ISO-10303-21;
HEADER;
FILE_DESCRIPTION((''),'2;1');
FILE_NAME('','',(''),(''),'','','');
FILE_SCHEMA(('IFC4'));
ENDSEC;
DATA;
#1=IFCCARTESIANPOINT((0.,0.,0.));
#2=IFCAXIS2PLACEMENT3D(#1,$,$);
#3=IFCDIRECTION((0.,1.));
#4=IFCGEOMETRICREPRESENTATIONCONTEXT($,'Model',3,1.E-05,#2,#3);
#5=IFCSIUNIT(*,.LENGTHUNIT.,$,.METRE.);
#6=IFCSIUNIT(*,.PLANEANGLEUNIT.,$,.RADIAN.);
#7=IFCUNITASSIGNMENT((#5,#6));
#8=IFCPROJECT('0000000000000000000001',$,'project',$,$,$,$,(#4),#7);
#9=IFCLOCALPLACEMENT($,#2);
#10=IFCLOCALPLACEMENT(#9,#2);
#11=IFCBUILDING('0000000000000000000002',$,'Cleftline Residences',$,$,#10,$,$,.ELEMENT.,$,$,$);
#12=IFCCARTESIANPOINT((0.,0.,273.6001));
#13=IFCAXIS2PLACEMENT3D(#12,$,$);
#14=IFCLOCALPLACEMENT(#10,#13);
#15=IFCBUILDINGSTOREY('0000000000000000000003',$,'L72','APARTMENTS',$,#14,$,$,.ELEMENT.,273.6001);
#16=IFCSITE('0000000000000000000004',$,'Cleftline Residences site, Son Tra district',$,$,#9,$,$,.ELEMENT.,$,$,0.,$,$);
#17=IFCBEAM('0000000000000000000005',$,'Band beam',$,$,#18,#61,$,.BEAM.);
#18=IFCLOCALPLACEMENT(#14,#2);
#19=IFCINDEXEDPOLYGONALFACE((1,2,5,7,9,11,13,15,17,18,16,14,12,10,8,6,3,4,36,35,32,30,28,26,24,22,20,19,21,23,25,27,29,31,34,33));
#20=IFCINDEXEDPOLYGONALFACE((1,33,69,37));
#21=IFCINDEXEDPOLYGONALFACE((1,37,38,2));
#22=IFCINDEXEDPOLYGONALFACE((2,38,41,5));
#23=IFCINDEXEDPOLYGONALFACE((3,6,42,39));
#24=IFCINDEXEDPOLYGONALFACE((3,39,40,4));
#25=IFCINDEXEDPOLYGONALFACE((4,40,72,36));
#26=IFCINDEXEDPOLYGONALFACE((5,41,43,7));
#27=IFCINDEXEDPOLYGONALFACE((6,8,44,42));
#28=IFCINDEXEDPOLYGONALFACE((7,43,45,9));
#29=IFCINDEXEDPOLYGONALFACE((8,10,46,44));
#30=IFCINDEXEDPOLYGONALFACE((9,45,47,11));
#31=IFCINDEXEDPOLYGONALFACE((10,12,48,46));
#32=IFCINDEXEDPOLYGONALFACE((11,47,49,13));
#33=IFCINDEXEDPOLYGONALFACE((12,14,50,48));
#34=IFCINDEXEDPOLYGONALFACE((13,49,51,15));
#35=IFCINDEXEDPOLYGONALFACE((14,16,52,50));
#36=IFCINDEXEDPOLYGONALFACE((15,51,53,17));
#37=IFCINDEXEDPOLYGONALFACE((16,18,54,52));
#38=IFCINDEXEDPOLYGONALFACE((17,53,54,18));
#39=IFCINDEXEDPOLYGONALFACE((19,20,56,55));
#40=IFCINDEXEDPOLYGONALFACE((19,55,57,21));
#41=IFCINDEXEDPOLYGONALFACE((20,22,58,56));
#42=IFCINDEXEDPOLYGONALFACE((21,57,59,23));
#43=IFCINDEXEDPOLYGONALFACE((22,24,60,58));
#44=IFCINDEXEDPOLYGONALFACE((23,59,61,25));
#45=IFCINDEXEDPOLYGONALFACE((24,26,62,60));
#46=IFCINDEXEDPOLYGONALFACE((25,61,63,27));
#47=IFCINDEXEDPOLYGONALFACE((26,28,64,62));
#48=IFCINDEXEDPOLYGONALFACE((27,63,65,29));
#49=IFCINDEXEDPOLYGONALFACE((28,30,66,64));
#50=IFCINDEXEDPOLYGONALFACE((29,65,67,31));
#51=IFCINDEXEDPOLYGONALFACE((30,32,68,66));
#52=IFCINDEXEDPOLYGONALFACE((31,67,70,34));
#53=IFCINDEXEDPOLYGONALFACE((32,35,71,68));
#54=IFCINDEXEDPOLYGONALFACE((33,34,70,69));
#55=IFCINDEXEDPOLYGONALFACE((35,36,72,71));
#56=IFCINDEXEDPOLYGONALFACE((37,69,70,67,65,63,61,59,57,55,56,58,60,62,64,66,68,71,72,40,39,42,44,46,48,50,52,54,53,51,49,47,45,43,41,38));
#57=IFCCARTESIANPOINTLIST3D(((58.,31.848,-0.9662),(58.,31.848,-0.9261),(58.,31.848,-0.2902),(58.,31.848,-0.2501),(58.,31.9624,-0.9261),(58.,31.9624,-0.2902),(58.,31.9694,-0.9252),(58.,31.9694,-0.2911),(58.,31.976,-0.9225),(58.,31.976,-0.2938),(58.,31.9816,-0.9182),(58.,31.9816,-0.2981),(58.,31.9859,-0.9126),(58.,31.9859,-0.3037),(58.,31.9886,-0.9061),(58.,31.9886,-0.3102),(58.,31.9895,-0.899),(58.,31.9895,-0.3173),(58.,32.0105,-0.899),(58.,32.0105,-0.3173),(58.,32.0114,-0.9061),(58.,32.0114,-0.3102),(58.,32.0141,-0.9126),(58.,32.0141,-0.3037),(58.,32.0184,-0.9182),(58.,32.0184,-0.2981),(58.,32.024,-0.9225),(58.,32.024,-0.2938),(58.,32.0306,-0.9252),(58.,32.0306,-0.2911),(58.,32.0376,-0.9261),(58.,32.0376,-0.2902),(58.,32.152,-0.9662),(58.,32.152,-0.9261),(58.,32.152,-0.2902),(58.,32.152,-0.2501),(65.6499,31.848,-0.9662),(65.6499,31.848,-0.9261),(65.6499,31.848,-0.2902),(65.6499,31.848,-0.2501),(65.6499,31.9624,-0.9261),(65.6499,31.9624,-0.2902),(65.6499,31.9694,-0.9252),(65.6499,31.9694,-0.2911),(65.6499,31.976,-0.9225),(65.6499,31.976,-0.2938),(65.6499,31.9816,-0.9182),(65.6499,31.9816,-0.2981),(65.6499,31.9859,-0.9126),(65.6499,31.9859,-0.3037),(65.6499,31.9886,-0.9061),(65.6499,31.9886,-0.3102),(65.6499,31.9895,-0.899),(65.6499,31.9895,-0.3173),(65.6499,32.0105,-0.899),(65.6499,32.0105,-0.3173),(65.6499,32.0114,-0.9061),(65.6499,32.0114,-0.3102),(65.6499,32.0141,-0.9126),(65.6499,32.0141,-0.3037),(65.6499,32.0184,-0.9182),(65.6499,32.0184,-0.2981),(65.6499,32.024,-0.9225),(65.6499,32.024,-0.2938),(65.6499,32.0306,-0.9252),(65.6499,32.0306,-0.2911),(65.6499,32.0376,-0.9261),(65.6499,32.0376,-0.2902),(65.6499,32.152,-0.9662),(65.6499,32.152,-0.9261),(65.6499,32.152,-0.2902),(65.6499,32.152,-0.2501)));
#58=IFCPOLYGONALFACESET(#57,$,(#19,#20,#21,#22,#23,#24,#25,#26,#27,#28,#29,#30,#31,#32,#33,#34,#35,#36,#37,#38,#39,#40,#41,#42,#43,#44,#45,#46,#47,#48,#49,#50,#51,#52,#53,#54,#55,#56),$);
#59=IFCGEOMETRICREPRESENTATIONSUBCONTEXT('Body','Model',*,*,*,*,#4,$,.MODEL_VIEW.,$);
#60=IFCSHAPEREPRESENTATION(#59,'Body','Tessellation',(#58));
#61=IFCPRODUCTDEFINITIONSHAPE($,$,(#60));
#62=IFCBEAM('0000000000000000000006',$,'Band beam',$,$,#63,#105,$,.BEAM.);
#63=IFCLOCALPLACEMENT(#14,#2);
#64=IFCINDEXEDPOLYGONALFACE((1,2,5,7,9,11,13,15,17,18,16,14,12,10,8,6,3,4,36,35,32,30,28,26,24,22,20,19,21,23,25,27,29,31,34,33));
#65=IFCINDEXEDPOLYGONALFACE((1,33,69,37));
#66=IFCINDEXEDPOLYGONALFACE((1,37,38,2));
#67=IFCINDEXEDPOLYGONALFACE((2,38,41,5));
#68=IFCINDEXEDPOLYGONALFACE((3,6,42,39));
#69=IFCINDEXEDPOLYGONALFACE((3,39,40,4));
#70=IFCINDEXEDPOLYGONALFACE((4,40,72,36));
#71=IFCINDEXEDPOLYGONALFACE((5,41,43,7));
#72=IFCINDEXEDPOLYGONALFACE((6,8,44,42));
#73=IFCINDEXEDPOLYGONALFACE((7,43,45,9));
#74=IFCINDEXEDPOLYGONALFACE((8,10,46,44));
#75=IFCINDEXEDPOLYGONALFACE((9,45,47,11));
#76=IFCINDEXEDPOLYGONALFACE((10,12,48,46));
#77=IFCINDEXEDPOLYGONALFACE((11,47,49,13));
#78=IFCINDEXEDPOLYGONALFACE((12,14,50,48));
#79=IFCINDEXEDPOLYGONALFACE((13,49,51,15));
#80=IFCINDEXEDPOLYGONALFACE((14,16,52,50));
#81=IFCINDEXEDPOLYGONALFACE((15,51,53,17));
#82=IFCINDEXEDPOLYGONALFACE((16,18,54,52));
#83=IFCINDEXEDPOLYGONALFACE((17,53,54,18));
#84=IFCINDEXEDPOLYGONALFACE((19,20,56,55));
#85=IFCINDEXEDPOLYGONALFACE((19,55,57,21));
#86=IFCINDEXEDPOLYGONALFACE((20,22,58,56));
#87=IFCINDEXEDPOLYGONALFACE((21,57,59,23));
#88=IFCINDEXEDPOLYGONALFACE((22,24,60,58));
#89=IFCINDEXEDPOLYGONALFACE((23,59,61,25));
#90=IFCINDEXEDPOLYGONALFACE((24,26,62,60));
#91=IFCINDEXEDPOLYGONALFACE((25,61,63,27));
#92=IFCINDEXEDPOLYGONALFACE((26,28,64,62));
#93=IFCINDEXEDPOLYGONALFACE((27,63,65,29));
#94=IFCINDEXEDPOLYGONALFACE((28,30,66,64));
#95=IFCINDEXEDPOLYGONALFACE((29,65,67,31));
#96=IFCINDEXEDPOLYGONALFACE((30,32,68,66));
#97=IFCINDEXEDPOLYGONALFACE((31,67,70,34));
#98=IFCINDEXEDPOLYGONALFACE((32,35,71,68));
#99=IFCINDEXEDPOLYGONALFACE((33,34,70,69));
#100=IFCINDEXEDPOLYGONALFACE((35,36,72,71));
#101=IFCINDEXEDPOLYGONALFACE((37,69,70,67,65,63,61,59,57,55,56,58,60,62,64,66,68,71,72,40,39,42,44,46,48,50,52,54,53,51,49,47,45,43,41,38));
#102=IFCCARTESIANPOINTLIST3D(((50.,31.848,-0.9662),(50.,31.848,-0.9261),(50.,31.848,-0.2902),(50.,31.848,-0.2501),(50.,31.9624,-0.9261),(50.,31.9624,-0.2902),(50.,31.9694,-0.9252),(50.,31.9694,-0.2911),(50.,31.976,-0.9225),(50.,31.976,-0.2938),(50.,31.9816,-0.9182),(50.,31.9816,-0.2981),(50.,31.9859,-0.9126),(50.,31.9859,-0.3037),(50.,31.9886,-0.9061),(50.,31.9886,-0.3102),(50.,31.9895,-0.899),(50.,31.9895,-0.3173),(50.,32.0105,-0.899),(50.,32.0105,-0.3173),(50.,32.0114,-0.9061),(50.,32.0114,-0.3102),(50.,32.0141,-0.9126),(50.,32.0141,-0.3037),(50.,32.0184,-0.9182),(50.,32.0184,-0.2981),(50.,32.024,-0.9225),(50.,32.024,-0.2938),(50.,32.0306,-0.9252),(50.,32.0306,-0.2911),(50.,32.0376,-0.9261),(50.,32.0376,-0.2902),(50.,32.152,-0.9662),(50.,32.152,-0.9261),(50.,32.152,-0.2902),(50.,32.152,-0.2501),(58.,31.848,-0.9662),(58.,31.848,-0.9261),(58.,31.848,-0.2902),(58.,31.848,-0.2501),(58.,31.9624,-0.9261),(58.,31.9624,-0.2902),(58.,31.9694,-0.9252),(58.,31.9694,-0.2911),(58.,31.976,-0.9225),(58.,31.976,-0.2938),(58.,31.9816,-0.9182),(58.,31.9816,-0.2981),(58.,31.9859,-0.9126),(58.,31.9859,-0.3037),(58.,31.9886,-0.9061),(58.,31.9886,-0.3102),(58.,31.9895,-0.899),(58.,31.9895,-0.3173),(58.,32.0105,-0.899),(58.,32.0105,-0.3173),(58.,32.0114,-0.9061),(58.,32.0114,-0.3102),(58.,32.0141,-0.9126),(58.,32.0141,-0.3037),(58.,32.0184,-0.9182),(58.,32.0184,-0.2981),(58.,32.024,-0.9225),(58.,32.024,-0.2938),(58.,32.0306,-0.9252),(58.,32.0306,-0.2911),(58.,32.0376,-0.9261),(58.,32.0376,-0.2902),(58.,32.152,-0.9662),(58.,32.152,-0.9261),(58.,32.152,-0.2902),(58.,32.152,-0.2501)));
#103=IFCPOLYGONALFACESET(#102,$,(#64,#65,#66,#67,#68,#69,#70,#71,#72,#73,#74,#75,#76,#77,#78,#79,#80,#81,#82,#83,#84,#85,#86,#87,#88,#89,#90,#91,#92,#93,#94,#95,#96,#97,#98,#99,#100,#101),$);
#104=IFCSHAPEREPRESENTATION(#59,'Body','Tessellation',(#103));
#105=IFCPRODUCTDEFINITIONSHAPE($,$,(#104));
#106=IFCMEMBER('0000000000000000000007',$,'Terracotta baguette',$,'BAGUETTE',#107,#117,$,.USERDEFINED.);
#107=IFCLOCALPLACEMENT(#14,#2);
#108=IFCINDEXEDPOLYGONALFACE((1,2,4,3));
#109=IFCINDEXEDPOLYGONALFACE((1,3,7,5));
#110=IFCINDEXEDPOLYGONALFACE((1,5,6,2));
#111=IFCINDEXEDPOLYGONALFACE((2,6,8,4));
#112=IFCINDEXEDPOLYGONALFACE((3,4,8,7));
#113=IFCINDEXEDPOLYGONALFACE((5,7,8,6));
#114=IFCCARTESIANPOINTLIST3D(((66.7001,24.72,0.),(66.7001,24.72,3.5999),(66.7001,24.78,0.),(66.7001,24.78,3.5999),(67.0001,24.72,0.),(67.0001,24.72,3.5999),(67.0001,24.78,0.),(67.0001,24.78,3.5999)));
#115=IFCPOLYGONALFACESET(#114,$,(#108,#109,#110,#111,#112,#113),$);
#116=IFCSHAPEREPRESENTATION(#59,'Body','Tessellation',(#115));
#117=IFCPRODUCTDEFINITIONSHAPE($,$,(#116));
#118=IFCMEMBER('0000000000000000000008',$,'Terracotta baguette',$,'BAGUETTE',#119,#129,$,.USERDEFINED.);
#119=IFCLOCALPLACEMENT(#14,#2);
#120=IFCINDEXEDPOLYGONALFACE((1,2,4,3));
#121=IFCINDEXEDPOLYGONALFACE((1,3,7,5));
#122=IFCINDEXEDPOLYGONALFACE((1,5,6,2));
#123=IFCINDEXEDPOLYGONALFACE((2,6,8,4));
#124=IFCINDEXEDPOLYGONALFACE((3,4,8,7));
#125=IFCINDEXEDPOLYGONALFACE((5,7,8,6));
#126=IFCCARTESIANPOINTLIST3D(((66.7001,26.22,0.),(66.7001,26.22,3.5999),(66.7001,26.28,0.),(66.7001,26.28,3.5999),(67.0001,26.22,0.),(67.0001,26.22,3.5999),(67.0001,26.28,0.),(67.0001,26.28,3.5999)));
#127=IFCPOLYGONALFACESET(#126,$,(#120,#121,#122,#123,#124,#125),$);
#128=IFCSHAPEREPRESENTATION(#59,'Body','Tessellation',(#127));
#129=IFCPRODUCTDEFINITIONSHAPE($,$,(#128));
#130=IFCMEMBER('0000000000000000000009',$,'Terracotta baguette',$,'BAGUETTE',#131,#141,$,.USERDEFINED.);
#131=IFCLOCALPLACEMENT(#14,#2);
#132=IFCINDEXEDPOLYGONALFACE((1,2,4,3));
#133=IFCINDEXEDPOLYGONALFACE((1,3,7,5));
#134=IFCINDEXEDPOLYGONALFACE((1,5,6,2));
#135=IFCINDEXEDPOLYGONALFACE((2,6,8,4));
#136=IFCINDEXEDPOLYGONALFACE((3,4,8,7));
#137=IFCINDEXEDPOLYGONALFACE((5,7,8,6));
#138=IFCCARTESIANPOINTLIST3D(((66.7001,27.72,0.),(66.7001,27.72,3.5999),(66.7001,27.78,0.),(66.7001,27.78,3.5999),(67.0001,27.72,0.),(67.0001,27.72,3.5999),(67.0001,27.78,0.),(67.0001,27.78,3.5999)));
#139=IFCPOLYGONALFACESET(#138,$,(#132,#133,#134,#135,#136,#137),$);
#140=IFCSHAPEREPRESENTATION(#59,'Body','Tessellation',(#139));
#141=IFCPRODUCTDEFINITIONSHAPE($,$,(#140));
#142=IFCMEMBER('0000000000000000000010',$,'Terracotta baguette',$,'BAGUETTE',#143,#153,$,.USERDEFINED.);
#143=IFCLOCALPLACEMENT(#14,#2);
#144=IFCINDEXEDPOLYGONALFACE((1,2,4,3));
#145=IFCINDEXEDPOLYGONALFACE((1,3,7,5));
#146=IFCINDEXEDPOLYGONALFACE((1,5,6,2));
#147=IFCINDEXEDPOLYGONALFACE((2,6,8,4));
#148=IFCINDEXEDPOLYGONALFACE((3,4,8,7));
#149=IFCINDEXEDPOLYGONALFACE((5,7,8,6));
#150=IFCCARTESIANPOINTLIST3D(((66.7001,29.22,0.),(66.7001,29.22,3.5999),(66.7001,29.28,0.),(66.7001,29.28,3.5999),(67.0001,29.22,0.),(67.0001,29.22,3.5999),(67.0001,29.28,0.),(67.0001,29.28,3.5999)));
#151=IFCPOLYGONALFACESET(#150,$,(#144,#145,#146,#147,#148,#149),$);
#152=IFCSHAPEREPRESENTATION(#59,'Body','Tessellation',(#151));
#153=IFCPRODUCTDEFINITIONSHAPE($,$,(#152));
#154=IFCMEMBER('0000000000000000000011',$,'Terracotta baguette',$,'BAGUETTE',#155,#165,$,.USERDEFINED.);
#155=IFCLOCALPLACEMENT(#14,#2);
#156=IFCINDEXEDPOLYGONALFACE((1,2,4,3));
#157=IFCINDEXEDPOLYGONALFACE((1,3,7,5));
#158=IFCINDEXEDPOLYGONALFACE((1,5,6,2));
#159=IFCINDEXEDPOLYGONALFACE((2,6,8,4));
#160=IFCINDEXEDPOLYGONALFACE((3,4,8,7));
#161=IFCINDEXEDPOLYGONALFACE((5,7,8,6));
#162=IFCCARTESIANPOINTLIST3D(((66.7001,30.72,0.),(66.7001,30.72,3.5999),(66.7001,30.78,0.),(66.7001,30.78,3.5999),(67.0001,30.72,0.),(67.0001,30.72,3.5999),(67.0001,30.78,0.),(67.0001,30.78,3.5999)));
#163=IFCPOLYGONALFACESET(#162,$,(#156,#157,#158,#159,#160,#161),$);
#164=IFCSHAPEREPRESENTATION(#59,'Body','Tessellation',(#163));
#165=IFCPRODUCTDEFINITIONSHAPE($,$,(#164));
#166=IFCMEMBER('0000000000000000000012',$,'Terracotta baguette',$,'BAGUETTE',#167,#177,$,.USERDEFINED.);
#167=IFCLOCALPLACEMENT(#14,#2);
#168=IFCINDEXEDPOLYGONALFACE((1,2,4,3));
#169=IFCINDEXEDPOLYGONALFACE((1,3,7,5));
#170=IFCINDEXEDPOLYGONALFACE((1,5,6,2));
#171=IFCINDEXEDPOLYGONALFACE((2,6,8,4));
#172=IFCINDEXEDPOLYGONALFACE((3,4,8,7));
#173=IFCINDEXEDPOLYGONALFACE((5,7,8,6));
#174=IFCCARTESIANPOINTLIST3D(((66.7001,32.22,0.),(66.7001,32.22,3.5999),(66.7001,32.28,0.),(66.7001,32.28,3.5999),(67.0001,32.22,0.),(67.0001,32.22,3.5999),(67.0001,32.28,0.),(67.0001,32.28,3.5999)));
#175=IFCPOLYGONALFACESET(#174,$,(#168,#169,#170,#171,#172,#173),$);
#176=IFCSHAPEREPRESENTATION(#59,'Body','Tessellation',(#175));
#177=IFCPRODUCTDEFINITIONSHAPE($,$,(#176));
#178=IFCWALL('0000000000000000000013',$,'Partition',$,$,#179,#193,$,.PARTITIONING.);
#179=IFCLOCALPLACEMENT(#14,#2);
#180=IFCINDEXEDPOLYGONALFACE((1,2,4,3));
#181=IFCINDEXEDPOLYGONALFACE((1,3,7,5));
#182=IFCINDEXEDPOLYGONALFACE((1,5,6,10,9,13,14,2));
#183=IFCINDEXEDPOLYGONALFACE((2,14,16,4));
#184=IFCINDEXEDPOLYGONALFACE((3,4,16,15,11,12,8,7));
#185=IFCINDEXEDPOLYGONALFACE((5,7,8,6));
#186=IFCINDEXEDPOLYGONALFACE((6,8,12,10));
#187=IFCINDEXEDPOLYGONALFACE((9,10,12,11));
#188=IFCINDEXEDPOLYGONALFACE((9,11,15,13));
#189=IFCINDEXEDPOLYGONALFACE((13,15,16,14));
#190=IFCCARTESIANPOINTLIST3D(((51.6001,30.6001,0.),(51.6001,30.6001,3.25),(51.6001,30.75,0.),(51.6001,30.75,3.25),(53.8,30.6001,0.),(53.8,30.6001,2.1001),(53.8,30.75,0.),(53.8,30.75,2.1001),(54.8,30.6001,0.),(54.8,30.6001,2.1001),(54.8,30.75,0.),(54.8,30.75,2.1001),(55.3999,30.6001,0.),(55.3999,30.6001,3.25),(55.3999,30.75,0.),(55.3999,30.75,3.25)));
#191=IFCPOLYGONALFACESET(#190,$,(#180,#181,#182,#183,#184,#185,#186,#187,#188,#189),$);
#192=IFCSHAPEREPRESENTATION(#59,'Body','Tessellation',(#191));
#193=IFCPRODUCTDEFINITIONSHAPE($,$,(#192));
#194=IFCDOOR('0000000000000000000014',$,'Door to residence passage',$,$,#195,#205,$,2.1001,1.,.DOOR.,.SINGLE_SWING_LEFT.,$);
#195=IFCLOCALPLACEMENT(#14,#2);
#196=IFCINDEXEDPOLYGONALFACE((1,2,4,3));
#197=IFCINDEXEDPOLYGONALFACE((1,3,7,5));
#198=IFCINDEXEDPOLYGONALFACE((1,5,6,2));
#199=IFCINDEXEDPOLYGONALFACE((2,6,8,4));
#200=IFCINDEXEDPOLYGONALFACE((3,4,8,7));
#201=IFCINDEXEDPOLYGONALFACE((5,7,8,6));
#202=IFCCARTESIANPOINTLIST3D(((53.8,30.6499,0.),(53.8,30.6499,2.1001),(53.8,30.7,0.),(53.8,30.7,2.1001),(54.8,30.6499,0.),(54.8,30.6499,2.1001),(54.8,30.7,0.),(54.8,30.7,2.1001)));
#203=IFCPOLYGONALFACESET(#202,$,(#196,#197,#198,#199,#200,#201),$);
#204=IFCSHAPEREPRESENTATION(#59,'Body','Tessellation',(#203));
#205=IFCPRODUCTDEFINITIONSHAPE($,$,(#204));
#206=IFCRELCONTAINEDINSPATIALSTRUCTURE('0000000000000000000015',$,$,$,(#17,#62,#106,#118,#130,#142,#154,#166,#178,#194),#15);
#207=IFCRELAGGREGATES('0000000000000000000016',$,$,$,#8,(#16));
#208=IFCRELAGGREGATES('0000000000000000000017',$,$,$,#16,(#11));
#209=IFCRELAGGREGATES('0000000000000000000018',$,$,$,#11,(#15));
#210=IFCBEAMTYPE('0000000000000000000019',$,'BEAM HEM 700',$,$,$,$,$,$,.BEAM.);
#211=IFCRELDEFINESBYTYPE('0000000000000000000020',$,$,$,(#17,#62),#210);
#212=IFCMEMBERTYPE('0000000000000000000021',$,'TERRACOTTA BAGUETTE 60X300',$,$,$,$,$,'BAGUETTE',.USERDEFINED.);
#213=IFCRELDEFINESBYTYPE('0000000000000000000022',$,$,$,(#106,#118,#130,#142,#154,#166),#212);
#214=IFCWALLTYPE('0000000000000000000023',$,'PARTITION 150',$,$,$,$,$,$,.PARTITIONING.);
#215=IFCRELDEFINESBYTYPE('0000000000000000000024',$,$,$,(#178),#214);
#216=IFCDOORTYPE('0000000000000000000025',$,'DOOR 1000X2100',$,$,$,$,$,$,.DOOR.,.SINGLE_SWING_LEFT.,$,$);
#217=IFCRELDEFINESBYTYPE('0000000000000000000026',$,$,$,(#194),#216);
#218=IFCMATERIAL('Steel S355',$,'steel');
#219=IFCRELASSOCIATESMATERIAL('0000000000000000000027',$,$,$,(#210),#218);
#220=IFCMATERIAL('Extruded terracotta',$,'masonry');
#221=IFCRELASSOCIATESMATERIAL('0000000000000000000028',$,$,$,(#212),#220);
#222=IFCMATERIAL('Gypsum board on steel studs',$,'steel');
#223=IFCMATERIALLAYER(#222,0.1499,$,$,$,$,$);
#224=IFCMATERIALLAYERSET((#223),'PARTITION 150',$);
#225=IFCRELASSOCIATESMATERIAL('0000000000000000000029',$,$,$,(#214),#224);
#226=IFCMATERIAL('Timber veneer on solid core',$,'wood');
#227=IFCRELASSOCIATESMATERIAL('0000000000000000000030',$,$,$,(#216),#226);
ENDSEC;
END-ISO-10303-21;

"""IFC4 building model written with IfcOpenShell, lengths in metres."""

from ifc_helpers import new_model, si_unit, direction, frame, frame_2d, origin, origin_2d, place, context, subcontext, project, spatial, rectangle, i_section, extrude, material, layer, layer_set, material_profile, profile_set, type_object, element, fill, save


model = new_model("IFC4")

# Units and contexts
model_context = context("Model", 3, precision=1e-05, world=origin(), true_north=direction((0.0, 1.0)))
body_context = subcontext(model_context, "Body", "Model", "MODEL_VIEW")
ifc_project = project(units=[si_unit("LENGTHUNIT", "METRE"), si_unit("PLANEANGLEUNIT", "RADIAN")], contexts=[model_context])

# Site, building, storey
site_placement = place(None, origin())
site = spatial("IfcSite", under=ifc_project, at=site_placement, Name="Cleftline Residences site, Son Tra district", CompositionType="ELEMENT", RefElevation=0.0)
building_placement = place(site_placement, origin())
building = spatial("IfcBuilding", under=site, at=building_placement, Name="Cleftline Residences", CompositionType="ELEMENT")
storey_placement = place(building_placement, frame((0.0, 0.0, 273.6001)))
storey = spatial("IfcBuildingStorey", under=building, at=storey_placement, Name="L72", Description="APARTMENTS", CompositionType="ELEMENT", Elevation=273.6001)

# Beams
ifc_material_1 = material(Name="Steel S355", Category="steel")
ifc_material_profile_1 = material_profile(ifc_material_1, i_section(OverallWidth=0.304, OverallDepth=0.7161, WebThickness=0.021, FlangeThickness=0.04, FilletRadius=0.0271, at=origin_2d()))
ifc_profile_set_1 = profile_set([ifc_material_profile_1], Name="Steel S355")
beam_type_1 = type_object("IfcBeamType", Name="BEAM HEM 700", PredefinedType="BEAM", material=ifc_profile_set_1)
beam_1_placement = place(storey_placement, frame((65.6499, 32.0, -0.6082), z_axis=(-1.0, 0.0, 0.0), x_axis=(0.0, -1.0, 0.0)))
element("IfcBeam", 1, at=beam_1_placement, inside=storey, type_object=beam_type_1, Name="Band beam", PredefinedType="BEAM", context=body_context, shape_type="SweptSolid", body=[
    extrude(i_section(OverallWidth=0.304, OverallDepth=0.7161, WebThickness=0.021, FlangeThickness=0.04, FilletRadius=0.0271, at=origin_2d()), origin(), (0.0, 0.0, 1.0), 7.6499),
])
beam_2_placement = place(storey_placement, frame((58.0, 32.0, -0.6082), z_axis=(-1.0, 0.0, 0.0), x_axis=(0.0, -1.0, 0.0)))
element("IfcBeam", 2, at=beam_2_placement, inside=storey, type_object=beam_type_1, Name="Band beam", PredefinedType="BEAM", context=body_context, shape_type="SweptSolid", body=[
    extrude(i_section(OverallWidth=0.304, OverallDepth=0.7161, WebThickness=0.021, FlangeThickness=0.04, FilletRadius=0.0271, at=origin_2d()), origin(), (0.0, 0.0, 1.0), 8.0),
])

# Members
ifc_material_2 = material(Name="Extruded terracotta", Category="masonry")
ifc_material_profile_2 = material_profile(ifc_material_2, rectangle(XDim=0.0601, YDim=0.3, at=origin_2d()))
ifc_profile_set_2 = profile_set([ifc_material_profile_2], Name="Extruded terracotta")
member_type_1 = type_object("IfcMemberType", Name="TERRACOTTA BAGUETTE 60X300", ElementType="BAGUETTE", PredefinedType="USERDEFINED", material=ifc_profile_set_2)
for number, where, z_axis, x_axis, name in (
    (3, (66.8501, 24.75, 0.0), (0.0, 0.0, 1.0), (0.0, 1.0, 0.0), "Terracotta baguette"),
    (4, (66.8501, 26.25, 0.0), (0.0, 0.0, 1.0), (0.0, 1.0, 0.0), "Terracotta baguette"),
    (5, (66.8501, 27.75, 0.0), (0.0, 0.0, 1.0), (0.0, 1.0, 0.0), "Terracotta baguette"),
    (6, (66.8501, 29.25, 0.0), (0.0, 0.0, 1.0), (0.0, 1.0, 0.0), "Terracotta baguette"),
    (7, (66.8501, 30.75, 0.0), (0.0, 0.0, 1.0), (0.0, 1.0, 0.0), "Terracotta baguette"),
    (8, (66.8501, 32.25, 0.0), (0.0, 0.0, 1.0), (0.0, 1.0, 0.0), "Terracotta baguette"),
):
    element("IfcMember", number, at=place(storey_placement, frame(where, z_axis=z_axis, x_axis=x_axis)), inside=storey, type_object=member_type_1, Name=name, ObjectType="BAGUETTE", PredefinedType="USERDEFINED", context=body_context, shape_type="SweptSolid", body=[
        extrude(rectangle(XDim=0.0601, YDim=0.3, at=origin_2d()), origin(), (0.0, 0.0, 1.0), 3.5999),
    ])

# Wall, opening, door
ifc_material_3 = material(Name="Gypsum board on steel studs", Category="steel")
ifc_layer_1 = layer(ifc_material_3, 0.1499)
ifc_layer_set_1 = layer_set([ifc_layer_1], Name="PARTITION 150")
wall_type_1 = type_object("IfcWallType", Name="PARTITION 150", PredefinedType="PARTITIONING", material=ifc_layer_set_1)
wall_1_placement = place(storey_placement, frame((51.6001, 30.675, 0.0), z_axis=(0.0, 0.0, 1.0), x_axis=(1.0, 0.0, 0.0)))
wall_1 = element("IfcWall", 9, at=wall_1_placement, inside=storey, type_object=wall_type_1, Name="Partition", PredefinedType="PARTITIONING", context=body_context, shape_type="SweptSolid", body=[
    extrude(rectangle(XDim=3.7998, YDim=0.1499, at=frame_2d((1.8999, 0.0))), origin(), (0.0, 0.0, 1.0), 3.25),
])
opening_1_placement = place(wall_1_placement, frame((2.2, 0.0, 0.0)))
opening_1 = element("IfcOpeningElement", 10, at=opening_1_placement, cuts=wall_1, PredefinedType="OPENING", context=body_context, shape_type="SweptSolid", body=[
    extrude(rectangle(XDim=1.0, YDim=2.1001, at=frame_2d((0.5, 1.05))), frame((0.0, 0.085, 0.0), z_axis=(0.0, -1.0, 0.0), x_axis=(1.0, 0.0, 0.0)), (0.0, 0.0, 1.0), 0.1699),
])
ifc_material_4 = material(Name="Timber veneer on solid core", Category="wood")
door_type_1 = type_object("IfcDoorType", Name="DOOR 1000X2100", OperationType="SINGLE_SWING_LEFT", PredefinedType="DOOR", material=ifc_material_4)
door_1_placement = place(opening_1_placement, origin())
door_1 = element("IfcDoor", 11, at=door_1_placement, inside=storey, type_object=door_type_1, Name="Door to residence passage", OperationType="SINGLE_SWING_LEFT", OverallHeight=2.1001, OverallWidth=1.0, PredefinedType="DOOR", context=body_context, shape_type="SweptSolid", body=[
    extrude(rectangle(XDim=1.0, YDim=2.1001, at=frame_2d((0.5, 1.05))), frame((0.0, 0.0249, 0.0), z_axis=(0.0, -1.0, 0.0), x_axis=(1.0, 0.0, 0.0)), (0.0, 0.0, 1.0), 0.05),
])
fill(opening_1, door_1)

save(model, "model.ifc")
